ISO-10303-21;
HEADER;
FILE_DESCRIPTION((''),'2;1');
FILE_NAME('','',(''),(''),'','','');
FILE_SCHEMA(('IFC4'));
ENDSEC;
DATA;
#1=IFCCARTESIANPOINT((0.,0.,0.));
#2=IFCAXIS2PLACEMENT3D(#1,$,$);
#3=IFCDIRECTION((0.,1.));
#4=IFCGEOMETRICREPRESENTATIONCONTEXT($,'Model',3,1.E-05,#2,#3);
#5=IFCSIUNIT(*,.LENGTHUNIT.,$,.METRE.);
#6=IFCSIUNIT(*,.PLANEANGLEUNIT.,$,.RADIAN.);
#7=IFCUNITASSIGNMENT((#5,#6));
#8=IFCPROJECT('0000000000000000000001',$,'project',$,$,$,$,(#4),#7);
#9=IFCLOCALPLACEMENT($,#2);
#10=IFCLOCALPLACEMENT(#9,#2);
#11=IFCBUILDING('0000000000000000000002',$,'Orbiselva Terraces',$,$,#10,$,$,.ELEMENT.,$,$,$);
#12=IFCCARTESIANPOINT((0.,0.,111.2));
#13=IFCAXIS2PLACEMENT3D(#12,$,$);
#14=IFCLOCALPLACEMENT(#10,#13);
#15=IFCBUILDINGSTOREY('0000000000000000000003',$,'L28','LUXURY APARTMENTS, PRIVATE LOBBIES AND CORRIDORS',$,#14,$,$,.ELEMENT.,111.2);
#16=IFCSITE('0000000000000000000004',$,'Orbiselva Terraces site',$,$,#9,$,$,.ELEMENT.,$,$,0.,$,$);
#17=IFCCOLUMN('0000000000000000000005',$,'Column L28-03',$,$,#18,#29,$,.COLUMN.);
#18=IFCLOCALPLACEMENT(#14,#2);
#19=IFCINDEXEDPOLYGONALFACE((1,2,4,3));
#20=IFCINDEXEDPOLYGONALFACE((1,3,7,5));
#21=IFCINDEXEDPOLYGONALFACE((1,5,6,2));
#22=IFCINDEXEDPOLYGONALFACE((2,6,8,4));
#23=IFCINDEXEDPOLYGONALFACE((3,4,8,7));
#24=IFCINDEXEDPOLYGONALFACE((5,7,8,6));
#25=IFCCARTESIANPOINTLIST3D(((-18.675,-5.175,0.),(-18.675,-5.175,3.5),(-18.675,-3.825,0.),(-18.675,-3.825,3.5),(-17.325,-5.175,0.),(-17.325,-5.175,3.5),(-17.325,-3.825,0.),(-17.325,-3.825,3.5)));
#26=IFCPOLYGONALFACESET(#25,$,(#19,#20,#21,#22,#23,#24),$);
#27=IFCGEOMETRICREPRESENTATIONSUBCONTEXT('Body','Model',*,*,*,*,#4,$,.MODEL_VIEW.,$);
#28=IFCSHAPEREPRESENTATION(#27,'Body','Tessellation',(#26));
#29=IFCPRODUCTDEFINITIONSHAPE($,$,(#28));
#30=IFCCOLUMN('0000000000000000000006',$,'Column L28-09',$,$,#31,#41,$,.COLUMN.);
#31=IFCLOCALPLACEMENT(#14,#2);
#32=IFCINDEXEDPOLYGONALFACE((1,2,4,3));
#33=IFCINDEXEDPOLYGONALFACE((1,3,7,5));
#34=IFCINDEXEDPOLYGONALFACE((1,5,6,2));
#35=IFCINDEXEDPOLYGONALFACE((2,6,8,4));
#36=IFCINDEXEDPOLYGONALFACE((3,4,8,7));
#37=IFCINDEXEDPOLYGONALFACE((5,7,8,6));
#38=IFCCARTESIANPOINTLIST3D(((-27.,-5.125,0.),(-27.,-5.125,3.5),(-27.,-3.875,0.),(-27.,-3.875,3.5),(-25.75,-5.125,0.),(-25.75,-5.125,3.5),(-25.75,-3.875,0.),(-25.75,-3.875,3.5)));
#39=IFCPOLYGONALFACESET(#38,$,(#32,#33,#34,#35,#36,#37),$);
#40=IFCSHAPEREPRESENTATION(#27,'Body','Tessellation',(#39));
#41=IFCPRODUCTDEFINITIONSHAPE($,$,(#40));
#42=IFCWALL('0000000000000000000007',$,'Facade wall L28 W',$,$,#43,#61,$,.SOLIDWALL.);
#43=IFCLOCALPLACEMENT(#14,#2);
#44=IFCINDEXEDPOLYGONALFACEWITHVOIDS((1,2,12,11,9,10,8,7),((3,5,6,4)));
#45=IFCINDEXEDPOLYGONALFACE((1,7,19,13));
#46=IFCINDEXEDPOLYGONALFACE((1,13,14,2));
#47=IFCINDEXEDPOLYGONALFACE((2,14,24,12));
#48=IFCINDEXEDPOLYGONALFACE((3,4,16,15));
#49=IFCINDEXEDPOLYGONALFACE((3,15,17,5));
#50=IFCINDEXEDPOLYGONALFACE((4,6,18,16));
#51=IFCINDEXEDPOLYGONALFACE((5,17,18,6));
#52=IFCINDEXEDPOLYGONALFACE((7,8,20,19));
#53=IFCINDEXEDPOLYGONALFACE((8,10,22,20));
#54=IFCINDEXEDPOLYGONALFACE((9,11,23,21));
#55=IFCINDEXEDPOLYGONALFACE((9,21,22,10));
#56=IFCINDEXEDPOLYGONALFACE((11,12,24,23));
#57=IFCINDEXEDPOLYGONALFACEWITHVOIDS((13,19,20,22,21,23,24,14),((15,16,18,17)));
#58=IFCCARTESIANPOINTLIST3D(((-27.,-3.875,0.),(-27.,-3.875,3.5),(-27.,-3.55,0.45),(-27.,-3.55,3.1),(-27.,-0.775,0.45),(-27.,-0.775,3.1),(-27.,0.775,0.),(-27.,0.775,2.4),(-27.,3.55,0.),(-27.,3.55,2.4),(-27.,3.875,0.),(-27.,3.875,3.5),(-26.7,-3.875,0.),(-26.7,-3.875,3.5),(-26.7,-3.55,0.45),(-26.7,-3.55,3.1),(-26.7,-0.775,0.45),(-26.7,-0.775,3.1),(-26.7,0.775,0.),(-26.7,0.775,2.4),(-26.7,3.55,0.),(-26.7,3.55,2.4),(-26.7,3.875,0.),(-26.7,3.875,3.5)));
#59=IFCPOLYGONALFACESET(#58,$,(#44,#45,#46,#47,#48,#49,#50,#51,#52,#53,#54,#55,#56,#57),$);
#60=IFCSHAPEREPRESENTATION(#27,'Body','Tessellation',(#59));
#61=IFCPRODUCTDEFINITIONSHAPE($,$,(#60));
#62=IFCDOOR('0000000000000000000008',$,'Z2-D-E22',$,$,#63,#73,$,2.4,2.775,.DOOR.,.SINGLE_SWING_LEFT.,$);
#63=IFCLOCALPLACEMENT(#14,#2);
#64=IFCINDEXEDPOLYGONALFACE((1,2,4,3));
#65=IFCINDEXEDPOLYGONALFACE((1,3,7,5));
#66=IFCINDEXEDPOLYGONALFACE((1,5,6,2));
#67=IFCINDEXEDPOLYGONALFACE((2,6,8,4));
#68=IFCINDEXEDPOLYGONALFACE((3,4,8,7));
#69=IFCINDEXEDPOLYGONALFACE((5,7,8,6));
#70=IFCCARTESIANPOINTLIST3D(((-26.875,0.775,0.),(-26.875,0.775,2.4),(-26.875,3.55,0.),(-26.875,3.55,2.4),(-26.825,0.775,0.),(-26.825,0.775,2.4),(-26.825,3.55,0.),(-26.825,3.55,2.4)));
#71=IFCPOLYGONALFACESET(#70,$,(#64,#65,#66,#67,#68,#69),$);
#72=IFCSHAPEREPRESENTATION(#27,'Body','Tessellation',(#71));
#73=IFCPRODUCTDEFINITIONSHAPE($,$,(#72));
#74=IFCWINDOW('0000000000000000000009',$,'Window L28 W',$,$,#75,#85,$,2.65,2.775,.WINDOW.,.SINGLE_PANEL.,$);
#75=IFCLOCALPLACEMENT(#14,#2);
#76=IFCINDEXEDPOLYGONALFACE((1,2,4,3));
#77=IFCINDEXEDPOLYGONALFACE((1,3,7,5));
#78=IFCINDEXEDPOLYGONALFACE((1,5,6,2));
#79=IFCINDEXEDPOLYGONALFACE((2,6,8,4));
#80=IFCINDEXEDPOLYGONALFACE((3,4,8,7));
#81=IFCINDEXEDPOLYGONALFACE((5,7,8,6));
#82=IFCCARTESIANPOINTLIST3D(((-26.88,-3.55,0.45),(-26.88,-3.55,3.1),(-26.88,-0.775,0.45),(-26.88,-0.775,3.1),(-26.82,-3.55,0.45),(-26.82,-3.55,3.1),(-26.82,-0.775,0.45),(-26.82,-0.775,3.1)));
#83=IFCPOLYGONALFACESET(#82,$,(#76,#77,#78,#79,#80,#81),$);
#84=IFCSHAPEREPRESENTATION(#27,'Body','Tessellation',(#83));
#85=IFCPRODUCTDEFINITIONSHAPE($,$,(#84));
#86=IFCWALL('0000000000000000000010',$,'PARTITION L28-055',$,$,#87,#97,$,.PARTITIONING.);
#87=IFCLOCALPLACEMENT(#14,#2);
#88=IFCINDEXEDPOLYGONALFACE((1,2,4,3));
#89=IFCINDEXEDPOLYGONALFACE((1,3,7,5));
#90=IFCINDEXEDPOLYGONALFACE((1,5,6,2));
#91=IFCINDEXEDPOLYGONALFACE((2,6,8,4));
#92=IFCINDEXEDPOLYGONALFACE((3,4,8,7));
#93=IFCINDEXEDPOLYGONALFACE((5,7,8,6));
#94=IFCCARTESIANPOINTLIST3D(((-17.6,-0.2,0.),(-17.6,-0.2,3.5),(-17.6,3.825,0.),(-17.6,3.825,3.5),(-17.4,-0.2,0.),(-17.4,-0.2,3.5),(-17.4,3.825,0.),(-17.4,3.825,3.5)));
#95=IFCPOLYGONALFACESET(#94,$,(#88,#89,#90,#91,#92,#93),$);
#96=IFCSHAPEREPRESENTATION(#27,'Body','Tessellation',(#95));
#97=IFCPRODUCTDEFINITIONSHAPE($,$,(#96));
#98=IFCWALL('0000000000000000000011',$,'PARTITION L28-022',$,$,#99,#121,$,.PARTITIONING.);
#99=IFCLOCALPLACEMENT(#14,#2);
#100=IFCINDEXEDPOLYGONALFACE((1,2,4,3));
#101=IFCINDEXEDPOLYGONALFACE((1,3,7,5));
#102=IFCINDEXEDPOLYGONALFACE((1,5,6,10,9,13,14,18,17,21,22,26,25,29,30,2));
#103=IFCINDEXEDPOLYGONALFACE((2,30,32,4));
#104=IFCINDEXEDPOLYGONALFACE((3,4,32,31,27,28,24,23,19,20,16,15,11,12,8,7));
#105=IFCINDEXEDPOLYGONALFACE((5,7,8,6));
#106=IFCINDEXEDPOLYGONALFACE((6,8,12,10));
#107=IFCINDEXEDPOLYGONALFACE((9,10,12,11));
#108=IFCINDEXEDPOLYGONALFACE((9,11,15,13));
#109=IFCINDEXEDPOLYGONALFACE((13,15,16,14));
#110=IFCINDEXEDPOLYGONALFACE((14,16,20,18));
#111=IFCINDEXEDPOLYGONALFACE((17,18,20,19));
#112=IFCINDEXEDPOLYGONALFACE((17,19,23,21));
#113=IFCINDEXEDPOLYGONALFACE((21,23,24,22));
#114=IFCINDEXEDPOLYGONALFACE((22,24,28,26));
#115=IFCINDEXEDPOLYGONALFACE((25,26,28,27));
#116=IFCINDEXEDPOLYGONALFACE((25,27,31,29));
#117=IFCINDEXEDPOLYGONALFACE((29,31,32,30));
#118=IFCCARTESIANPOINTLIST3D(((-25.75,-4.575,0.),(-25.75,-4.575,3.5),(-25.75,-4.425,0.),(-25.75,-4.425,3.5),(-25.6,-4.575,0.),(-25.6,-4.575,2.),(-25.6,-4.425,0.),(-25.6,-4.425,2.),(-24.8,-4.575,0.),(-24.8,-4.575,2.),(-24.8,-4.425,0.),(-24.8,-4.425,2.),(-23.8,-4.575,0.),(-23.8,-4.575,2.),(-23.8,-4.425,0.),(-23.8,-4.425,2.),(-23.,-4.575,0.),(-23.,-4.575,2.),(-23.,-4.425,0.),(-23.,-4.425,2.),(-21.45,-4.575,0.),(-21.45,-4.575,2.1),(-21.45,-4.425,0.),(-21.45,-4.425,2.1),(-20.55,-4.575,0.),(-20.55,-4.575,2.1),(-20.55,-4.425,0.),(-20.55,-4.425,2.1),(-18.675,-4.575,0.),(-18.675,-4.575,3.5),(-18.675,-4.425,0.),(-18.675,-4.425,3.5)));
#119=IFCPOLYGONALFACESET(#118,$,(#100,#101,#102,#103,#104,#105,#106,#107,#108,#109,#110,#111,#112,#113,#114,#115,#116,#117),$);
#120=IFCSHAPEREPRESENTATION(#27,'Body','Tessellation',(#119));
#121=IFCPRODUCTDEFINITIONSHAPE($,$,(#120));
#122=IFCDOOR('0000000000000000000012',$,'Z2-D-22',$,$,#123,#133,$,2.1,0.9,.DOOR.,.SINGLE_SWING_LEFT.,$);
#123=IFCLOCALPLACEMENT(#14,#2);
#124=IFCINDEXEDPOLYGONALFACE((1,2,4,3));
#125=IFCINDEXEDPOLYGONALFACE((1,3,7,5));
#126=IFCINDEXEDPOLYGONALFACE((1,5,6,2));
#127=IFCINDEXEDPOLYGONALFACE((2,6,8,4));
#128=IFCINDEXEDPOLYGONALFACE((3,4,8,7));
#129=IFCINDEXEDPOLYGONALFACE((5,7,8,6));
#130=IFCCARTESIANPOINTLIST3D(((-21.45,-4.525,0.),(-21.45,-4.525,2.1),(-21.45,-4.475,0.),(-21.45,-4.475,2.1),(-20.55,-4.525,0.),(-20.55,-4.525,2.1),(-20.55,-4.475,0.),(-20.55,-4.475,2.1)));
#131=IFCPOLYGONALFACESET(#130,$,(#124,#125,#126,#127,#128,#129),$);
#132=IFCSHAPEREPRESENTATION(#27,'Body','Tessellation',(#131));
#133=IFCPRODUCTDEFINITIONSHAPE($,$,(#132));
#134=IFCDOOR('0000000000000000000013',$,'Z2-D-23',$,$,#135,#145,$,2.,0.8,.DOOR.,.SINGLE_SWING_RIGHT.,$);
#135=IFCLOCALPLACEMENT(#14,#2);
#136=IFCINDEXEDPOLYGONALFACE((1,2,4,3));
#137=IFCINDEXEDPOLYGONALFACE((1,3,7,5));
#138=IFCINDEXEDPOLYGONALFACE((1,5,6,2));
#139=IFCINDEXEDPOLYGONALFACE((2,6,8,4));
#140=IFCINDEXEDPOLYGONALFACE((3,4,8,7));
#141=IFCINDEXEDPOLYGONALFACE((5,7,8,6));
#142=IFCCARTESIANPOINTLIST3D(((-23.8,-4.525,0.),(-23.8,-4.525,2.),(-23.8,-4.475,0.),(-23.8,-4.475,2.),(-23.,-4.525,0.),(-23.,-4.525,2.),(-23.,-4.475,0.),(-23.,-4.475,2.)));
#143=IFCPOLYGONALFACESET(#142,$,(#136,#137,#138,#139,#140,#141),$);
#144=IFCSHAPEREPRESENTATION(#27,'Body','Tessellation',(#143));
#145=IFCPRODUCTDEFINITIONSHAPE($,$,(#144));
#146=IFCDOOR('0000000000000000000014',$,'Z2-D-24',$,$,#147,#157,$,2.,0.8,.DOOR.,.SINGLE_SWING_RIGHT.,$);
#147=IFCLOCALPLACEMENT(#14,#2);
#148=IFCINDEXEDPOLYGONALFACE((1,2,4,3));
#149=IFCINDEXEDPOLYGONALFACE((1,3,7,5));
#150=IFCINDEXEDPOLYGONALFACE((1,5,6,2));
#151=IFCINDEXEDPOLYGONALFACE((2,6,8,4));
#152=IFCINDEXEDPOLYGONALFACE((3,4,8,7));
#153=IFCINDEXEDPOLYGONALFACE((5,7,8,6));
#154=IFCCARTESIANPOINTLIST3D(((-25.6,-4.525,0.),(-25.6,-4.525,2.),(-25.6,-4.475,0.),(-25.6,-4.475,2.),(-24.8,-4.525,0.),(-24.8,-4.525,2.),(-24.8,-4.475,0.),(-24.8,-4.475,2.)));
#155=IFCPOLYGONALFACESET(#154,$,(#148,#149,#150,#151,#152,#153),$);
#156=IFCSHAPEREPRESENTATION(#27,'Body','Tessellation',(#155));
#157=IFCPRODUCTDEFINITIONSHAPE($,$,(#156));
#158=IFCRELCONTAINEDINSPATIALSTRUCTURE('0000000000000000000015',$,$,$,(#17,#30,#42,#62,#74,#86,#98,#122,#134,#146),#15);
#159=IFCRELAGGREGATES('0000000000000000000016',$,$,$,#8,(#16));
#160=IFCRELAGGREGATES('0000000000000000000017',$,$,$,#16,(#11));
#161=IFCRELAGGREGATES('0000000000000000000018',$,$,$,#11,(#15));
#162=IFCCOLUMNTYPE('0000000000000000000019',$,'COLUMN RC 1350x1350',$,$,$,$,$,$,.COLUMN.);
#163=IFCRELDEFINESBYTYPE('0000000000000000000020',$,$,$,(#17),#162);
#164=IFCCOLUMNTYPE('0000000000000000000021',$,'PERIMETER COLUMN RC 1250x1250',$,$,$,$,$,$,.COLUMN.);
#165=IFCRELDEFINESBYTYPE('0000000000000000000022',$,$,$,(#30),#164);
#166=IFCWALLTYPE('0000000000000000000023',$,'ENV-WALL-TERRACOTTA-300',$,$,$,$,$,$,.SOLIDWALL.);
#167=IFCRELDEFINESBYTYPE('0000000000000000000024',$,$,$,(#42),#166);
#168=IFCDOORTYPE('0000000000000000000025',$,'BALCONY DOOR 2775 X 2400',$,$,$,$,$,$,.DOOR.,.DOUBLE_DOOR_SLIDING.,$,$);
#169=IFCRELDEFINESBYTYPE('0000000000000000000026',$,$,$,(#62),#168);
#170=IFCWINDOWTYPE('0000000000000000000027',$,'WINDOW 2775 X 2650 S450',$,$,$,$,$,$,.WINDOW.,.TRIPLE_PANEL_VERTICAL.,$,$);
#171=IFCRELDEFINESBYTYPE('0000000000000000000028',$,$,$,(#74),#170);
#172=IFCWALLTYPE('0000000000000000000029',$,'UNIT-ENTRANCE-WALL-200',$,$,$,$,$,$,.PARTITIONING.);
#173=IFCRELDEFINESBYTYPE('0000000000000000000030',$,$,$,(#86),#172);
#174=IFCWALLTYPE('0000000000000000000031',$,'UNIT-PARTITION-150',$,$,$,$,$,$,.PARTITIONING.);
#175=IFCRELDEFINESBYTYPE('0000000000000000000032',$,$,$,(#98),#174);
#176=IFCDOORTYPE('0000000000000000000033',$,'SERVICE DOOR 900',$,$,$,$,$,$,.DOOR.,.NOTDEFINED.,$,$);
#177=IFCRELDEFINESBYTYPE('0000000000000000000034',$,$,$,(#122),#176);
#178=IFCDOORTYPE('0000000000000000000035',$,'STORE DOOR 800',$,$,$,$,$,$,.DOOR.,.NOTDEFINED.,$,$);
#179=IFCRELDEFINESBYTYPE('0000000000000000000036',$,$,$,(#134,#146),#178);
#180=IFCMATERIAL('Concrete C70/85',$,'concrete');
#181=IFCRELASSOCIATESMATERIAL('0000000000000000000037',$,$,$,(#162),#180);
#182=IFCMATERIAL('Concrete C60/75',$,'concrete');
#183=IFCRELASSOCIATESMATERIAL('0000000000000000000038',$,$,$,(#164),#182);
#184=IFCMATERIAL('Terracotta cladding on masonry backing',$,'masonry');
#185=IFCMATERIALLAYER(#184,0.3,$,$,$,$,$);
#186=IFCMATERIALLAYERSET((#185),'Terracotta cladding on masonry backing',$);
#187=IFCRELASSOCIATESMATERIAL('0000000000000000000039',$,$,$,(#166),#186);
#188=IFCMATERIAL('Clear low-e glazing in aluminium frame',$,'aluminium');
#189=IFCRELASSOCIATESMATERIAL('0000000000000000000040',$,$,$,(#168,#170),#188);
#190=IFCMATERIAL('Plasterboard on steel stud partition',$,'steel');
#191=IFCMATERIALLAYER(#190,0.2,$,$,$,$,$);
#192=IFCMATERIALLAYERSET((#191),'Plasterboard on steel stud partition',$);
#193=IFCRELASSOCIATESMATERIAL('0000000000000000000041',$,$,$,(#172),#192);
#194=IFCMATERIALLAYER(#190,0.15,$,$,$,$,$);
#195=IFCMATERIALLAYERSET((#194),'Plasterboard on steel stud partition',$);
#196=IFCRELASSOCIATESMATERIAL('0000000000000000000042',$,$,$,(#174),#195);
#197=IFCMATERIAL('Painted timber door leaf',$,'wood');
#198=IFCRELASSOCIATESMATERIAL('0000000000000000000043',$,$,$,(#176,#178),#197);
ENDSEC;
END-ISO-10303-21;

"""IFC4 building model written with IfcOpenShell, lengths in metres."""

from ifc_helpers import new_model, si_unit, direction, frame, frame_2d, origin, origin_2d, place, context, subcontext, project, spatial, rectangle, extrude, material, layer, layer_set, material_profile, profile_set, type_object, element, fill, save


model = new_model("IFC4")

# Units and contexts
model_context = context("Model", 3, precision=1e-05, world=origin(), true_north=direction((0.0, 1.0)))
body_context = subcontext(model_context, "Body", "Model", "MODEL_VIEW")
ifc_project = project(units=[si_unit("LENGTHUNIT", "METRE"), si_unit("PLANEANGLEUNIT", "RADIAN")], contexts=[model_context])

# Site, building, storey
site_placement = place(None, origin())
site = spatial("IfcSite", under=ifc_project, at=site_placement, Name="Orbiselva Terraces site", CompositionType="ELEMENT", RefElevation=0.0)
building_placement = place(site_placement, origin())
building = spatial("IfcBuilding", under=site, at=building_placement, Name="Orbiselva Terraces", CompositionType="ELEMENT")
storey_placement = place(building_placement, frame((0.0, 0.0, 111.2)))
storey = spatial("IfcBuildingStorey", under=building, at=storey_placement, Name="L28", Description="LUXURY APARTMENTS, PRIVATE LOBBIES AND CORRIDORS", CompositionType="ELEMENT", Elevation=111.2)

# Columns
ifc_material_1 = material(Name="Concrete C70/85", Category="concrete")
ifc_material_profile_1 = material_profile(ifc_material_1, rectangle(XDim=1.35, YDim=1.35, at=origin_2d()), Name="RC 1350x1350")
ifc_profile_set_1 = profile_set([ifc_material_profile_1], Name="Concrete C70/85")
column_type_1 = type_object("IfcColumnType", Name="COLUMN RC 1350x1350", PredefinedType="COLUMN", material=ifc_profile_set_1)
column_1_placement = place(storey_placement, frame((-18.0, -4.5, 0.0), z_axis=(0.0, 0.0, 1.0), x_axis=(1.0, 0.0, 0.0)))
element("IfcColumn", 1, at=column_1_placement, inside=storey, type_object=column_type_1, Name="Column L28-03", PredefinedType="COLUMN", context=body_context, shape_type="SweptSolid", body=[
    extrude(rectangle(XDim=1.35, YDim=1.35, at=origin_2d()), origin(), (0.0, 0.0, 1.0), 3.5),
])
ifc_material_2 = material(Name="Concrete C60/75", Category="concrete")
ifc_material_profile_2 = material_profile(ifc_material_2, rectangle(XDim=1.25, YDim=1.25, at=origin_2d()), Name="RC 1250x1250")
ifc_profile_set_2 = profile_set([ifc_material_profile_2], Name="Concrete C60/75")
column_type_2 = type_object("IfcColumnType", Name="PERIMETER COLUMN RC 1250x1250", PredefinedType="COLUMN", material=ifc_profile_set_2)
column_2_placement = place(storey_placement, frame((-26.375, -4.5, 0.0), z_axis=(0.0, 0.0, 1.0), x_axis=(1.0, 0.0, 0.0)))
element("IfcColumn", 2, at=column_2_placement, inside=storey, type_object=column_type_2, Name="Column L28-09", PredefinedType="COLUMN", context=body_context, shape_type="SweptSolid", body=[
    extrude(rectangle(XDim=1.25, YDim=1.25, at=origin_2d()), origin(), (0.0, 0.0, 1.0), 3.5),
])

# Wall, openings, door, window
ifc_material_3 = material(Name="Terracotta cladding on masonry backing", Category="masonry")
ifc_layer_1 = layer(ifc_material_3, 0.3)
ifc_layer_set_1 = layer_set([ifc_layer_1], Name="Terracotta cladding on masonry backing")
wall_type_1 = type_object("IfcWallType", Name="ENV-WALL-TERRACOTTA-300", PredefinedType="SOLIDWALL", material=ifc_layer_set_1)
wall_1_placement = place(storey_placement, frame((-26.85, -3.875, 0.0), z_axis=(0.0, 0.0, 1.0), x_axis=(0.0, 1.0, 0.0)))
wall_1 = element("IfcWall", 3, at=wall_1_placement, inside=storey, type_object=wall_type_1, Name="Facade wall L28 W", PredefinedType="SOLIDWALL", context=body_context, shape_type="SweptSolid", body=[
    extrude(rectangle(XDim=7.75, YDim=0.3, at=frame_2d((3.875, 0.0))), origin(), (0.0, 0.0, 1.0), 3.5),
])
opening_1_placement = place(wall_1_placement, frame((4.65, 0.0, 0.0)))
opening_1 = element("IfcOpeningElement", 4, at=opening_1_placement, cuts=wall_1, PredefinedType="OPENING", context=body_context, shape_type="SweptSolid", body=[
    extrude(rectangle(XDim=2.775, YDim=2.4, at=frame_2d((1.3875, 1.2))), frame((0.0, 0.16, 0.0), z_axis=(0.0, -1.0, 0.0), x_axis=(1.0, 0.0, 0.0)), (0.0, 0.0, 1.0), 0.32),
])
opening_2_placement = place(wall_1_placement, frame((0.325, 0.0, 0.45)))
opening_2 = element("IfcOpeningElement", 5, at=opening_2_placement, cuts=wall_1, PredefinedType="OPENING", context=body_context, shape_type="SweptSolid", body=[
    extrude(rectangle(XDim=2.775, YDim=2.65, at=frame_2d((1.3875, 1.325))), frame((0.0, 0.16, 0.0), z_axis=(0.0, -1.0, 0.0), x_axis=(1.0, 0.0, 0.0)), (0.0, 0.0, 1.0), 0.32),
])
ifc_material_4 = material(Name="Clear low-e glazing in aluminium frame", Category="aluminium")
door_type_1 = type_object("IfcDoorType", Name="BALCONY DOOR 2775 X 2400", OperationType="DOUBLE_DOOR_SLIDING", PredefinedType="DOOR", material=ifc_material_4)
door_1_placement = place(opening_1_placement, origin())
door_1 = element("IfcDoor", 6, at=door_1_placement, inside=storey, type_object=door_type_1, Name="Z2-D-E22", OperationType="SINGLE_SWING_LEFT", OverallHeight=2.4, OverallWidth=2.775, PredefinedType="DOOR", context=body_context, shape_type="SweptSolid", body=[
    extrude(rectangle(XDim=2.775, YDim=2.4, at=frame_2d((1.3875, 1.2))), frame((0.0, 0.025, 0.0), z_axis=(0.0, -1.0, 0.0), x_axis=(1.0, 0.0, 0.0)), (0.0, 0.0, 1.0), 0.05),
])
fill(opening_1, door_1)
window_type = type_object("IfcWindowType", Name="WINDOW 2775 X 2650 S450", PartitioningType="TRIPLE_PANEL_VERTICAL", PredefinedType="WINDOW", material=ifc_material_4)
window_placement = place(opening_2_placement, origin())
window = element("IfcWindow", 7, at=window_placement, inside=storey, type_object=window_type, Name="Window L28 W", OverallHeight=2.65, OverallWidth=2.775, PartitioningType="SINGLE_PANEL", PredefinedType="WINDOW", context=body_context, shape_type="SweptSolid", body=[
    extrude(rectangle(XDim=2.775, YDim=2.65, at=frame_2d((1.3875, 1.325))), frame((0.0, 0.03, 0.0), z_axis=(0.0, -1.0, 0.0), x_axis=(1.0, 0.0, 0.0)), (0.0, 0.0, 1.0), 0.06),
])
fill(opening_2, window)

# Wall
ifc_material_5 = material(Name="Plasterboard on steel stud partition", Category="steel")
ifc_layer_2 = layer(ifc_material_5, 0.2)
ifc_layer_set_2 = layer_set([ifc_layer_2], Name="Plasterboard on steel stud partition")
wall_type_2 = type_object("IfcWallType", Name="UNIT-ENTRANCE-WALL-200", PredefinedType="PARTITIONING", material=ifc_layer_set_2)
wall_2_placement = place(storey_placement, frame((-17.5, -0.2, 0.0), z_axis=(0.0, 0.0, 1.0), x_axis=(0.0, 1.0, 0.0)))
element("IfcWall", 8, at=wall_2_placement, inside=storey, type_object=wall_type_2, Name="PARTITION L28-055", PredefinedType="PARTITIONING", context=body_context, shape_type="SweptSolid", body=[
    extrude(rectangle(XDim=4.025, YDim=0.2, at=frame_2d((2.0125, 0.0))), origin(), (0.0, 0.0, 1.0), 3.5),
])

# Wall, openings, doors
ifc_layer_3 = layer(ifc_material_5, 0.15)
ifc_layer_set_3 = layer_set([ifc_layer_3], Name="Plasterboard on steel stud partition")
wall_type_3 = type_object("IfcWallType", Name="UNIT-PARTITION-150", PredefinedType="PARTITIONING", material=ifc_layer_set_3)
wall_3_placement = place(storey_placement, frame((-18.675, -4.5, 0.0), z_axis=(0.0, 0.0, 1.0), x_axis=(-1.0, 0.0, 0.0)))
wall_3 = element("IfcWall", 9, at=wall_3_placement, inside=storey, type_object=wall_type_3, Name="PARTITION L28-022", PredefinedType="PARTITIONING", context=body_context, shape_type="SweptSolid", body=[
    extrude(rectangle(XDim=7.075, YDim=0.15, at=frame_2d((3.5375, 0.0))), origin(), (0.0, 0.0, 1.0), 3.5),
])
opening_3_placement = place(wall_3_placement, frame((1.875, 0.0, 0.0)))
opening_3 = element("IfcOpeningElement", 10, at=opening_3_placement, cuts=wall_3, PredefinedType="OPENING", context=body_context, shape_type="SweptSolid", body=[
    extrude(rectangle(XDim=0.9, YDim=2.1, at=frame_2d((0.45, 1.05))), frame((0.0, 0.085, 0.0), z_axis=(0.0, -1.0, 0.0), x_axis=(1.0, 0.0, 0.0)), (0.0, 0.0, 1.0), 0.17),
])
opening_4_placement = place(wall_3_placement, frame((4.325, 0.0, 0.0)))
opening_4 = element("IfcOpeningElement", 11, at=opening_4_placement, cuts=wall_3, PredefinedType="OPENING", context=body_context, shape_type="SweptSolid", body=[
    extrude(rectangle(XDim=0.8, YDim=2.0, at=frame_2d((0.4, 1.0))), frame((0.0, 0.085, 0.0), z_axis=(0.0, -1.0, 0.0), x_axis=(1.0, 0.0, 0.0)), (0.0, 0.0, 1.0), 0.17),
])
opening_5_placement = place(wall_3_placement, frame((6.125, 0.0, 0.0)))
opening_5 = element("IfcOpeningElement", 12, at=opening_5_placement, cuts=wall_3, PredefinedType="OPENING", context=body_context, shape_type="SweptSolid", body=[
    extrude(rectangle(XDim=0.8, YDim=2.0, at=frame_2d((0.4, 1.0))), frame((0.0, 0.085, 0.0), z_axis=(0.0, -1.0, 0.0), x_axis=(1.0, 0.0, 0.0)), (0.0, 0.0, 1.0), 0.17),
])
ifc_material_6 = material(Name="Painted timber door leaf", Category="wood")
door_type_2 = type_object("IfcDoorType", Name="SERVICE DOOR 900", OperationType="NOTDEFINED", PredefinedType="DOOR", material=ifc_material_6)
door_2_placement = place(opening_3_placement, origin())
door_2 = element("IfcDoor", 13, at=door_2_placement, inside=storey, type_object=door_type_2, Name="Z2-D-22", OperationType="SINGLE_SWING_LEFT", OverallHeight=2.1, OverallWidth=0.9, PredefinedType="DOOR", context=body_context, shape_type="SweptSolid", body=[
    extrude(rectangle(XDim=0.9, YDim=2.1, at=frame_2d((0.45, 1.05))), frame((0.0, 0.025, 0.0), z_axis=(0.0, -1.0, 0.0), x_axis=(1.0, 0.0, 0.0)), (0.0, 0.0, 1.0), 0.05),
])
fill(opening_3, door_2)
door_type_3 = type_object("IfcDoorType", Name="STORE DOOR 800", OperationType="NOTDEFINED", PredefinedType="DOOR", material=ifc_material_6)
door_3_placement = place(opening_4_placement, origin())
door_3 = element("IfcDoor", 14, at=door_3_placement, inside=storey, type_object=door_type_3, Name="Z2-D-23", OperationType="SINGLE_SWING_RIGHT", OverallHeight=2.0, OverallWidth=0.8, PredefinedType="DOOR", context=body_context, shape_type="SweptSolid", body=[
    extrude(rectangle(XDim=0.8, YDim=2.0, at=frame_2d((0.4, 1.0))), frame((0.0, 0.025, 0.0), z_axis=(0.0, -1.0, 0.0), x_axis=(1.0, 0.0, 0.0)), (0.0, 0.0, 1.0), 0.05),
])
fill(opening_4, door_3)
door_4_placement = place(opening_5_placement, origin())
door_4 = element("IfcDoor", 15, at=door_4_placement, inside=storey, type_object=door_type_3, Name="Z2-D-24", OperationType="SINGLE_SWING_RIGHT", OverallHeight=2.0, OverallWidth=0.8, PredefinedType="DOOR", context=body_context, shape_type="SweptSolid", body=[
    extrude(rectangle(XDim=0.8, YDim=2.0, at=frame_2d((0.4, 1.0))), frame((0.0, 0.025, 0.0), z_axis=(0.0, -1.0, 0.0), x_axis=(1.0, 0.0, 0.0)), (0.0, 0.0, 1.0), 0.05),
])
fill(opening_5, door_4)

save(model, "model.ifc")
